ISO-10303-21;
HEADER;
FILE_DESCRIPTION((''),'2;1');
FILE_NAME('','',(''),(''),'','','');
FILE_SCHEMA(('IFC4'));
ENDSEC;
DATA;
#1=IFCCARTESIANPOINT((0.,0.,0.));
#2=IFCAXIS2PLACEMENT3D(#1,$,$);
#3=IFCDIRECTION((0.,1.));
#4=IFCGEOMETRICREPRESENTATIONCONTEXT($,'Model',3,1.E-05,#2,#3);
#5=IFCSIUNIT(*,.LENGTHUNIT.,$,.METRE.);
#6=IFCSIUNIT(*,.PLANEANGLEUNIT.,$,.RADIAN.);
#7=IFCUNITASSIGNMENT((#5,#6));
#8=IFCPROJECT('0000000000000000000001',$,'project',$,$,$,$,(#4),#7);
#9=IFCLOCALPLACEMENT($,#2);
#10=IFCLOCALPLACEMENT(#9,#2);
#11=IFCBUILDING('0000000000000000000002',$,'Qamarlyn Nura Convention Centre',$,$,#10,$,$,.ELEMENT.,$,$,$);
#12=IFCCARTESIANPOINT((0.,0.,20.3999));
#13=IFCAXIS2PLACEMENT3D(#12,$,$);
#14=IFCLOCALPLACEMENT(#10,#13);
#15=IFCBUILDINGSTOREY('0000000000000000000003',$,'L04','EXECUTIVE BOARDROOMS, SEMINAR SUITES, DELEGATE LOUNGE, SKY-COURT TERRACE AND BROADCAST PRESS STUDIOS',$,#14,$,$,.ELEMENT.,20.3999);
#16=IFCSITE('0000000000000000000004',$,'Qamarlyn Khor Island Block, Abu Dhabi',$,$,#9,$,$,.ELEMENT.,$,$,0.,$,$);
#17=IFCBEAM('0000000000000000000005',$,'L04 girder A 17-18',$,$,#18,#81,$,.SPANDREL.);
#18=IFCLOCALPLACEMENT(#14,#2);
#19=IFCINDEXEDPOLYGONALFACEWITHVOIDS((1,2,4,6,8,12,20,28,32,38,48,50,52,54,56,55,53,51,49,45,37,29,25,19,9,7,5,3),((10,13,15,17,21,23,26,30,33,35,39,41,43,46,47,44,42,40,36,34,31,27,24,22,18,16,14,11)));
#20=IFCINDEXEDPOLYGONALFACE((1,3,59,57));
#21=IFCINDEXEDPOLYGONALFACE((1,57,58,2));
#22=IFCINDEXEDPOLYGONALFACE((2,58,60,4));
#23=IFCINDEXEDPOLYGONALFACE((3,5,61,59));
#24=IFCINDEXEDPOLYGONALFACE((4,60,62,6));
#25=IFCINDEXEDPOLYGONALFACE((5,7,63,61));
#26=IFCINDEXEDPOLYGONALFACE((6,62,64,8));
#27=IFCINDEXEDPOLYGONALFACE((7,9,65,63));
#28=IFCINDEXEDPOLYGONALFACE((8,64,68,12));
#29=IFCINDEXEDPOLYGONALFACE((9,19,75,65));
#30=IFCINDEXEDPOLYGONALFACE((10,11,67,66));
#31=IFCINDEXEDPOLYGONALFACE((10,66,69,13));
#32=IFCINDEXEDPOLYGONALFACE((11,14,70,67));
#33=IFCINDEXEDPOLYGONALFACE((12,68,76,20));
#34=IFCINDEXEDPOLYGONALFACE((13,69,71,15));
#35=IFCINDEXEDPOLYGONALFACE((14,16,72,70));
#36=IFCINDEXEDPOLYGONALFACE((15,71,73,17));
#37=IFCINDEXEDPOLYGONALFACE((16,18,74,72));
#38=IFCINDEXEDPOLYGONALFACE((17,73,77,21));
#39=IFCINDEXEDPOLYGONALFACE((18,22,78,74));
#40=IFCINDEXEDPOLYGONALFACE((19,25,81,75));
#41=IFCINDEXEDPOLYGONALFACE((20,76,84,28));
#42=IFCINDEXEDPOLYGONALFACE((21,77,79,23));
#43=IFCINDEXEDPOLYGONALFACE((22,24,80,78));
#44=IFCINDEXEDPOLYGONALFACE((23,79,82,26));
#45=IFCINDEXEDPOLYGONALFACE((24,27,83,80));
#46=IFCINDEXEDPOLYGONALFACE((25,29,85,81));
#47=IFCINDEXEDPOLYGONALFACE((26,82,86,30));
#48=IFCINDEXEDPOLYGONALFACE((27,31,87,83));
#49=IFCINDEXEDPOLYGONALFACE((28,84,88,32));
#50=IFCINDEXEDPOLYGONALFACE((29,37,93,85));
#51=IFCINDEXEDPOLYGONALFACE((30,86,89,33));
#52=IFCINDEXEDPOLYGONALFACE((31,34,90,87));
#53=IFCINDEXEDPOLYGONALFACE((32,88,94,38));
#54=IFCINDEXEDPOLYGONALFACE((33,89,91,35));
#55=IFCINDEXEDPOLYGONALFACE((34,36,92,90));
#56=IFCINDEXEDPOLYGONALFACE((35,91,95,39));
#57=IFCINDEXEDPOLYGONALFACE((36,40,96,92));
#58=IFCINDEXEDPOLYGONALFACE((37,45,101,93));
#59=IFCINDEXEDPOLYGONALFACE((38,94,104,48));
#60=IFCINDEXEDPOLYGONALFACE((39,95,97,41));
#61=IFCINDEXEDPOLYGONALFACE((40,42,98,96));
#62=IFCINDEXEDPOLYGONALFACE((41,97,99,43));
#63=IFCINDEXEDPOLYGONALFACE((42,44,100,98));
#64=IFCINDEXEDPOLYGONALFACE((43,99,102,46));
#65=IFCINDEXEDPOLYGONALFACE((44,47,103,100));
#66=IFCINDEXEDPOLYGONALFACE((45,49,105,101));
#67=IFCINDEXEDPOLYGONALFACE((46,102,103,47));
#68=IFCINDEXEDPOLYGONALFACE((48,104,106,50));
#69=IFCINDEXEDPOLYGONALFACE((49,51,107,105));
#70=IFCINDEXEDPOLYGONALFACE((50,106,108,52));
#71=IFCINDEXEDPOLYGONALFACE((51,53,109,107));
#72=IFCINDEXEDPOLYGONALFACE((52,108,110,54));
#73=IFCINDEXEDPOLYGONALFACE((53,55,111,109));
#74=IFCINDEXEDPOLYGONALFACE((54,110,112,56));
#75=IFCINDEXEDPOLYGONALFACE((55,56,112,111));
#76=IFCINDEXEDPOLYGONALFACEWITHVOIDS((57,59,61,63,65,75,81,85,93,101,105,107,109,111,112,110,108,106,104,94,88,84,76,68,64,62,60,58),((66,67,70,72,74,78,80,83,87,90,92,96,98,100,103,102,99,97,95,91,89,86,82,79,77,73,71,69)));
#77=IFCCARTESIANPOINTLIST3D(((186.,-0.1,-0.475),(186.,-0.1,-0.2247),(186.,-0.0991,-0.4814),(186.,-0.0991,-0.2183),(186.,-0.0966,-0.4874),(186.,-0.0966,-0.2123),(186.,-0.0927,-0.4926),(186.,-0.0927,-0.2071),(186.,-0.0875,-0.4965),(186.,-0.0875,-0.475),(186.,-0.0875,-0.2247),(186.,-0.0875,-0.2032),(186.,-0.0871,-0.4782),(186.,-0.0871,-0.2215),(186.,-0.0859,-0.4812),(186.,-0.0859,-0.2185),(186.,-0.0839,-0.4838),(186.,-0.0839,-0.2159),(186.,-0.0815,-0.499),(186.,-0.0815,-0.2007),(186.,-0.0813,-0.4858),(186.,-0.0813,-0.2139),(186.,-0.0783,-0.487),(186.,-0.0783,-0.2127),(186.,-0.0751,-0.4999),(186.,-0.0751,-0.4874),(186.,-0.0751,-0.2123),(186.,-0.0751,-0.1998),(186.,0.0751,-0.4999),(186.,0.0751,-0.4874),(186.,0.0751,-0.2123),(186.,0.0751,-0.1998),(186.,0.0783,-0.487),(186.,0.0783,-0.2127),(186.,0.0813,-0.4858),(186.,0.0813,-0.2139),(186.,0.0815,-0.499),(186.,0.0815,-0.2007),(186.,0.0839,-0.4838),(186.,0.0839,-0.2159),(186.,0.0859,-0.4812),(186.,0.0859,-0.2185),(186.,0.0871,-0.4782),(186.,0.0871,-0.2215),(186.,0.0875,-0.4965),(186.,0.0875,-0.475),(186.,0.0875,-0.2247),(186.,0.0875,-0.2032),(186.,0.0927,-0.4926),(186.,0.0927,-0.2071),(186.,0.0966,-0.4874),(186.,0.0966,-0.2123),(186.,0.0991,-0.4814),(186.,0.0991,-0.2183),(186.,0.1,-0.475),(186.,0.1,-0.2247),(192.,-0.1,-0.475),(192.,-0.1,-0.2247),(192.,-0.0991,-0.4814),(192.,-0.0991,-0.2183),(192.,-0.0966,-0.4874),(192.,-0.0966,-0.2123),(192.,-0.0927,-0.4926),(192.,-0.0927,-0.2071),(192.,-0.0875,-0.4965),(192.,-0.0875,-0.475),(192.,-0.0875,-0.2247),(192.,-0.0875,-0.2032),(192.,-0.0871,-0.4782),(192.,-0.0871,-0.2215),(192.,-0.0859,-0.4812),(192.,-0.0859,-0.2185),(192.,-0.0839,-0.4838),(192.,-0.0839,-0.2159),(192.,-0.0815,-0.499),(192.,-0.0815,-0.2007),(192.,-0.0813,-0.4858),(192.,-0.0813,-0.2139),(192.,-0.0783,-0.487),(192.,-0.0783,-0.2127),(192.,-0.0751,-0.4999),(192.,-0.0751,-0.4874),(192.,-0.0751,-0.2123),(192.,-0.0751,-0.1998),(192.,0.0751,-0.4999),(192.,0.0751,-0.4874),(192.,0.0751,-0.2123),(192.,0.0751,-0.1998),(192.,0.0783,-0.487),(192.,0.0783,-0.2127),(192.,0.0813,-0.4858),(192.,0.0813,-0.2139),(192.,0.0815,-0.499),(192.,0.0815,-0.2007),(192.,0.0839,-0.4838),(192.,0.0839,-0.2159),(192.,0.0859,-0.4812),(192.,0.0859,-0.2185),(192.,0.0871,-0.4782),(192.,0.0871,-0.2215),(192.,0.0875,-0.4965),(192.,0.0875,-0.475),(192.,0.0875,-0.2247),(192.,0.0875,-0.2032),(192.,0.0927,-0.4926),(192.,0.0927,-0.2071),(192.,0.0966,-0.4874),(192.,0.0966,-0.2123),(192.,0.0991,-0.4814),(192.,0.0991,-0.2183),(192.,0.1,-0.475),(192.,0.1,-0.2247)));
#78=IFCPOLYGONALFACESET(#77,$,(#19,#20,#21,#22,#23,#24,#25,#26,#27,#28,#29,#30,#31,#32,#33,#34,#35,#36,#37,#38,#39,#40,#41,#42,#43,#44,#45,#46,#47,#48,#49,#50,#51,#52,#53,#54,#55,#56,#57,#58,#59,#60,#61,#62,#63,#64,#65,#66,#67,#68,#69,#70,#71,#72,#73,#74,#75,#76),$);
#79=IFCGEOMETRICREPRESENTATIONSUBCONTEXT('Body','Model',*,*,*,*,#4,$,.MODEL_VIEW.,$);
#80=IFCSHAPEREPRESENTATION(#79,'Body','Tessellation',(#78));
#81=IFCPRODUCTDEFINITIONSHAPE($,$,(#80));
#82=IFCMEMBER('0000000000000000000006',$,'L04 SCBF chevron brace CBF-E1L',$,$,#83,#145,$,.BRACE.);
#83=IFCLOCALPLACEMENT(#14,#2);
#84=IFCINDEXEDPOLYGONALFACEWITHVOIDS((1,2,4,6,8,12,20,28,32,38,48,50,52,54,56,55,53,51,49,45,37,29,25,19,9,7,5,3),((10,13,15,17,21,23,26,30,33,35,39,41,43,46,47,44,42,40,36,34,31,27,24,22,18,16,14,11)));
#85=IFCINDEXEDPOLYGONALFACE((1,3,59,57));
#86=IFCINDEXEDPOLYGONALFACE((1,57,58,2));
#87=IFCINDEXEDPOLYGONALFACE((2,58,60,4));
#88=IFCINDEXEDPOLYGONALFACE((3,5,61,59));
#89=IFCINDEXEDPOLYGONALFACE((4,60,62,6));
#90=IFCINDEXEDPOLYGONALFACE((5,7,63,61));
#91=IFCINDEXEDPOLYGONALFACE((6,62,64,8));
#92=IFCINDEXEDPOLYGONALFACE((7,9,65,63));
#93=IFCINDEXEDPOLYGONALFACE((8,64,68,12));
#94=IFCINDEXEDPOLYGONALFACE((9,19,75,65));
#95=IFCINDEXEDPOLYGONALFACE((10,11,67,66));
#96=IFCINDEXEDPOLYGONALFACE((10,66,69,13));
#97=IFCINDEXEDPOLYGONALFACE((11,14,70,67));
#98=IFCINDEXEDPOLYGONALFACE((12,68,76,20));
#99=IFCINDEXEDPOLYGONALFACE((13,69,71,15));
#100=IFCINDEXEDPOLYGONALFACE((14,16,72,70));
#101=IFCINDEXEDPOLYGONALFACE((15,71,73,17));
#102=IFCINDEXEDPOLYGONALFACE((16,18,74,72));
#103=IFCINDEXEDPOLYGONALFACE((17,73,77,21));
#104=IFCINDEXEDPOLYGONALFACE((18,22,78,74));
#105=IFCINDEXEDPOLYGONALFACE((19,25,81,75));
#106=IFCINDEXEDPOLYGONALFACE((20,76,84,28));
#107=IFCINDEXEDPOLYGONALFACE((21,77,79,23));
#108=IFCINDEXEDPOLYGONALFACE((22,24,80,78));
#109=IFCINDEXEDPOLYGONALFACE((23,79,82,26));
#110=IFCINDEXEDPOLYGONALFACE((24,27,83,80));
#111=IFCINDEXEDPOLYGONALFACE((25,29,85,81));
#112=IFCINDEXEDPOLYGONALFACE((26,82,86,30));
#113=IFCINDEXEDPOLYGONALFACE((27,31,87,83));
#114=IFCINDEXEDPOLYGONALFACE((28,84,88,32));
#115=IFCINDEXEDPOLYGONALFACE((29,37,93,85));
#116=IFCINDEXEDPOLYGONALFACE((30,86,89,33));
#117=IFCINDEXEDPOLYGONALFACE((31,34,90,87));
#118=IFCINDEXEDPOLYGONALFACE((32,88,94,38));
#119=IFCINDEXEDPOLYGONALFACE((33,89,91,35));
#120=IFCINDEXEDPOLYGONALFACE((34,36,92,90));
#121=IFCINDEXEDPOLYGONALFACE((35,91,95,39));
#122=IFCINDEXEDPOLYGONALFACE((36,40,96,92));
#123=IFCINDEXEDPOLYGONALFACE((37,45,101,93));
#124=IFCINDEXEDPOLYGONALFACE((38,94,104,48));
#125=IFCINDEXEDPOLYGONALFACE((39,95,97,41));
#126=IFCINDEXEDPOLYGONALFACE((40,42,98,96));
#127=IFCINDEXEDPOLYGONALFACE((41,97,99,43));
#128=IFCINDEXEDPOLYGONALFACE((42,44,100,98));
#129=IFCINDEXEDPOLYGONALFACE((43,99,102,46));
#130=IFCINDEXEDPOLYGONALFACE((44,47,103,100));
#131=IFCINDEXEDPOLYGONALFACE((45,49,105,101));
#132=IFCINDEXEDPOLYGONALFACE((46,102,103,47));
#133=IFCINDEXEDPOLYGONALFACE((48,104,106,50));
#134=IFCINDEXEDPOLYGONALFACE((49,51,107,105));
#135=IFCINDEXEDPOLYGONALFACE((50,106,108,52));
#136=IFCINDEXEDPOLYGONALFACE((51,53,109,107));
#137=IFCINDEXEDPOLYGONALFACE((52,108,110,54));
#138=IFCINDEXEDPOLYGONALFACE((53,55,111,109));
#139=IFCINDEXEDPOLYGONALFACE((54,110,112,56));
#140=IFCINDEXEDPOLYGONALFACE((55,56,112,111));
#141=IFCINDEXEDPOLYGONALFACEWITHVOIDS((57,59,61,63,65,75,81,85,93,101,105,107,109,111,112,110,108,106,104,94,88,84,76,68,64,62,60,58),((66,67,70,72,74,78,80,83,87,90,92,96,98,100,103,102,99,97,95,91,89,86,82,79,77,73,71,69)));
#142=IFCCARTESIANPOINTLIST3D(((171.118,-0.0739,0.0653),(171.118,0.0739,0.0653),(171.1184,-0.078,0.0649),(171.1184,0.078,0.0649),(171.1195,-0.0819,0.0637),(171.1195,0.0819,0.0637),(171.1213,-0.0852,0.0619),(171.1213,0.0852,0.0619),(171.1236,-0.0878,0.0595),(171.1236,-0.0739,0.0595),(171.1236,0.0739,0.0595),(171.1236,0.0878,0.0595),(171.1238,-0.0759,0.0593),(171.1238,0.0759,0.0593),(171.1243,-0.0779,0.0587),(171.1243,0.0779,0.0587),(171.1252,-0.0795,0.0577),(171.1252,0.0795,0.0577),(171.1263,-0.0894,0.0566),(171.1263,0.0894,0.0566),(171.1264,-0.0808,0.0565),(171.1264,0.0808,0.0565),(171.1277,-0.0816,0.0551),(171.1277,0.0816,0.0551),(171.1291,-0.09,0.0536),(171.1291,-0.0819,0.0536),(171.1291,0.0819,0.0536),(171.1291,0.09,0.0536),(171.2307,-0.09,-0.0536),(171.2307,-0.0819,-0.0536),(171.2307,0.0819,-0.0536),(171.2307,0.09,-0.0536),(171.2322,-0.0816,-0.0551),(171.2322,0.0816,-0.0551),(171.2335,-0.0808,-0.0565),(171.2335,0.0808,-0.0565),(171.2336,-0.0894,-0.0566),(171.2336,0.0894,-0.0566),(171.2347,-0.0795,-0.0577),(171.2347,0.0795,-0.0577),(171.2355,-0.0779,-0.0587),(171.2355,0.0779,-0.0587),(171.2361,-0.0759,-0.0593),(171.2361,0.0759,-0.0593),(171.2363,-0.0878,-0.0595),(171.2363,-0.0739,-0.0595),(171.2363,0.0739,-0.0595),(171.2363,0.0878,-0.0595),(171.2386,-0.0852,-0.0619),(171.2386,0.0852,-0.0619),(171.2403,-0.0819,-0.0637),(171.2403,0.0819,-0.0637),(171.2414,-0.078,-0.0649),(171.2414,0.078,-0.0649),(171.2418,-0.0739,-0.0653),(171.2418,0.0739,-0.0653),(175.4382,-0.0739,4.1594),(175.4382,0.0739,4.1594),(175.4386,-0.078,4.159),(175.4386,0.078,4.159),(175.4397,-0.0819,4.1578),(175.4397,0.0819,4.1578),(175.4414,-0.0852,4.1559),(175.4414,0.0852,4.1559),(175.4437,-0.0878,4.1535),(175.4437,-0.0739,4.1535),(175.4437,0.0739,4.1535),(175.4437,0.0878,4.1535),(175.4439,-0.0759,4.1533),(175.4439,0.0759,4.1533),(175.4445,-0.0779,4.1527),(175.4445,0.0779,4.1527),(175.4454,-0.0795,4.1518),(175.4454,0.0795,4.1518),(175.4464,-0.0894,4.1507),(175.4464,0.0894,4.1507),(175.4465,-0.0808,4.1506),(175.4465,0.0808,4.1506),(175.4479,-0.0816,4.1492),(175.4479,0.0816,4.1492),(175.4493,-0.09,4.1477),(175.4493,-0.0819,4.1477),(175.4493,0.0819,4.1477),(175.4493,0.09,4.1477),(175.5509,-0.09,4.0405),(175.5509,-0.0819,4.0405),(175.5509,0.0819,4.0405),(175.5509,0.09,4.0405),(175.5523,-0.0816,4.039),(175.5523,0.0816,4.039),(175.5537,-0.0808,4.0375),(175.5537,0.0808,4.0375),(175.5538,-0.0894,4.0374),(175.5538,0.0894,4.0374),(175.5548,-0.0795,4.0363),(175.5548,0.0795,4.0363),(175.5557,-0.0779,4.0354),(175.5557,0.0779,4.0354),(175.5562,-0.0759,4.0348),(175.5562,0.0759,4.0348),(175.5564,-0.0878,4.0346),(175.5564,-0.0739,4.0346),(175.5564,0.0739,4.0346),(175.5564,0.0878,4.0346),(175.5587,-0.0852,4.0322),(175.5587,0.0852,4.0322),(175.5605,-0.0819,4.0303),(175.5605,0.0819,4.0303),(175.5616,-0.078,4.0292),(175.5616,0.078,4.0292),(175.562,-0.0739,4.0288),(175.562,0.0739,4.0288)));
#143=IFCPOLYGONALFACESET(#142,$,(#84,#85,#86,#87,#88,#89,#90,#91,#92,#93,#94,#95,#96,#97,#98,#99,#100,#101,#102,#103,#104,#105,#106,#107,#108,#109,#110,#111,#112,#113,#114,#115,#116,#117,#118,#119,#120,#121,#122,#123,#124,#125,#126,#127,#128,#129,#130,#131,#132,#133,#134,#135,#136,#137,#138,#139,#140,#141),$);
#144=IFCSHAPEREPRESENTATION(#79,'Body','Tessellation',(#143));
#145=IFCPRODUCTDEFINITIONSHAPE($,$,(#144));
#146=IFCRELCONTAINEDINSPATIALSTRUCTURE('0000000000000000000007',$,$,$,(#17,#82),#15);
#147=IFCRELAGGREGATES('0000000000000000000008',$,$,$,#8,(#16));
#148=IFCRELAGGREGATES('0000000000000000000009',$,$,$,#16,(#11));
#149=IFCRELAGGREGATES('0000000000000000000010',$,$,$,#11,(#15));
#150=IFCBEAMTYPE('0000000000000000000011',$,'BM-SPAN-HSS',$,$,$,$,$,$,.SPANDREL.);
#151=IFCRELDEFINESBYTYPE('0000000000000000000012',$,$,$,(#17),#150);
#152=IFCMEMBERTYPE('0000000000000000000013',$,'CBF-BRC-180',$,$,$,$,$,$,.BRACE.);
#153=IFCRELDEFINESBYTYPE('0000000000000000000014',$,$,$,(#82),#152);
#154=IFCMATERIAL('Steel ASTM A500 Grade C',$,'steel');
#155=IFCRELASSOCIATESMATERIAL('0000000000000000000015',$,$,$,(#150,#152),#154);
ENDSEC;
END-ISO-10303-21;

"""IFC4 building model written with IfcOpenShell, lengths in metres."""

from ifc_helpers import new_model, si_unit, direction, frame, origin, origin_2d, place, context, subcontext, project, spatial, hollow_rectangle, extrude, material, material_profile, profile_set, type_object, element, save


model = new_model("IFC4")

# Units and contexts
model_context = context("Model", 3, precision=1e-05, world=origin(), true_north=direction((0.0, 1.0)))
body_context = subcontext(model_context, "Body", "Model", "MODEL_VIEW")
ifc_project = project(units=[si_unit("LENGTHUNIT", "METRE"), si_unit("PLANEANGLEUNIT", "RADIAN")], contexts=[model_context])

# Site, building, storey
site_placement = place(None, origin())
site = spatial("IfcSite", under=ifc_project, at=site_placement, Name="Qamarlyn Khor Island Block, Abu Dhabi", CompositionType="ELEMENT", RefElevation=0.0)
building_placement = place(site_placement, origin())
building = spatial("IfcBuilding", under=site, at=building_placement, Name="Qamarlyn Nura Convention Centre", CompositionType="ELEMENT")
storey_placement = place(building_placement, frame((0.0, 0.0, 20.3999)))
storey = spatial("IfcBuildingStorey", under=building, at=storey_placement, Name="L04", Description="EXECUTIVE BOARDROOMS, SEMINAR SUITES, DELEGATE LOUNGE, SKY-COURT TERRACE AND BROADCAST PRESS STUDIOS", CompositionType="ELEMENT", Elevation=20.3999)

# Beam
ifc_material_1 = material(Name="Steel ASTM A500 Grade C", Category="steel")
ifc_material_profile_1 = material_profile(ifc_material_1, hollow_rectangle(XDim=0.2, YDim=0.3, WallThickness=0.0125, InnerFilletRadius=0.0125, OuterFilletRadius=0.0249, at=origin_2d()), Name="HSS300X200X12.5")
ifc_profile_set_1 = profile_set([ifc_material_profile_1], Name="Steel ASTM A500 Grade C")
beam_type_1 = type_object("IfcBeamType", Name="BM-SPAN-HSS", PredefinedType="SPANDREL", material=ifc_profile_set_1)
beam_1_placement = place(storey_placement, frame((186.0, 0.0, -0.3499), z_axis=(1.0, 0.0, 0.0), x_axis=(0.0, 1.0, 0.0)))
element("IfcBeam", 1, at=beam_1_placement, inside=storey, type_object=beam_type_1, Name="L04 girder A 17-18", PredefinedType="SPANDREL", context=body_context, shape_type="SweptSolid", body=[
    extrude(hollow_rectangle(XDim=0.2, YDim=0.3, WallThickness=0.0125, InnerFilletRadius=0.0125, OuterFilletRadius=0.0249, at=origin_2d()), origin(), (0.0, 0.0, 1.0), 6.0),
])

# Member
ifc_material_profile_2 = material_profile(ifc_material_1, hollow_rectangle(XDim=0.1799, YDim=0.1799, WallThickness=0.0081, InnerFilletRadius=0.0081, OuterFilletRadius=0.0161, at=origin_2d()), Name="HSS180X180X8")
ifc_profile_set_2 = profile_set([ifc_material_profile_2], Name="Steel ASTM A500 Grade C")
member_type_1 = type_object("IfcMemberType", Name="CBF-BRC-180", PredefinedType="BRACE", material=ifc_profile_set_2)
for number, where, z_axis, x_axis, name in (
    (2, (171.1799, 0.0, 0.0), (0.725844, 0.0, 0.68786), (0.0, 1.0, 0.0), "L04 SCBF chevron brace CBF-E1L"),
):
    element("IfcMember", number, at=place(storey_placement, frame(where, z_axis=z_axis, x_axis=x_axis)), inside=storey, type_object=member_type_1, Name=name, PredefinedType="BRACE", context=body_context, shape_type="SweptSolid", body=[
        extrude(hollow_rectangle(XDim=0.1799, YDim=0.1799, WallThickness=0.0081, InnerFilletRadius=0.0081, OuterFilletRadius=0.0161, at=origin_2d()), origin(), (0.0, 0.0, 1.0), 5.9519),
    ])

save(model, "model.ifc")
